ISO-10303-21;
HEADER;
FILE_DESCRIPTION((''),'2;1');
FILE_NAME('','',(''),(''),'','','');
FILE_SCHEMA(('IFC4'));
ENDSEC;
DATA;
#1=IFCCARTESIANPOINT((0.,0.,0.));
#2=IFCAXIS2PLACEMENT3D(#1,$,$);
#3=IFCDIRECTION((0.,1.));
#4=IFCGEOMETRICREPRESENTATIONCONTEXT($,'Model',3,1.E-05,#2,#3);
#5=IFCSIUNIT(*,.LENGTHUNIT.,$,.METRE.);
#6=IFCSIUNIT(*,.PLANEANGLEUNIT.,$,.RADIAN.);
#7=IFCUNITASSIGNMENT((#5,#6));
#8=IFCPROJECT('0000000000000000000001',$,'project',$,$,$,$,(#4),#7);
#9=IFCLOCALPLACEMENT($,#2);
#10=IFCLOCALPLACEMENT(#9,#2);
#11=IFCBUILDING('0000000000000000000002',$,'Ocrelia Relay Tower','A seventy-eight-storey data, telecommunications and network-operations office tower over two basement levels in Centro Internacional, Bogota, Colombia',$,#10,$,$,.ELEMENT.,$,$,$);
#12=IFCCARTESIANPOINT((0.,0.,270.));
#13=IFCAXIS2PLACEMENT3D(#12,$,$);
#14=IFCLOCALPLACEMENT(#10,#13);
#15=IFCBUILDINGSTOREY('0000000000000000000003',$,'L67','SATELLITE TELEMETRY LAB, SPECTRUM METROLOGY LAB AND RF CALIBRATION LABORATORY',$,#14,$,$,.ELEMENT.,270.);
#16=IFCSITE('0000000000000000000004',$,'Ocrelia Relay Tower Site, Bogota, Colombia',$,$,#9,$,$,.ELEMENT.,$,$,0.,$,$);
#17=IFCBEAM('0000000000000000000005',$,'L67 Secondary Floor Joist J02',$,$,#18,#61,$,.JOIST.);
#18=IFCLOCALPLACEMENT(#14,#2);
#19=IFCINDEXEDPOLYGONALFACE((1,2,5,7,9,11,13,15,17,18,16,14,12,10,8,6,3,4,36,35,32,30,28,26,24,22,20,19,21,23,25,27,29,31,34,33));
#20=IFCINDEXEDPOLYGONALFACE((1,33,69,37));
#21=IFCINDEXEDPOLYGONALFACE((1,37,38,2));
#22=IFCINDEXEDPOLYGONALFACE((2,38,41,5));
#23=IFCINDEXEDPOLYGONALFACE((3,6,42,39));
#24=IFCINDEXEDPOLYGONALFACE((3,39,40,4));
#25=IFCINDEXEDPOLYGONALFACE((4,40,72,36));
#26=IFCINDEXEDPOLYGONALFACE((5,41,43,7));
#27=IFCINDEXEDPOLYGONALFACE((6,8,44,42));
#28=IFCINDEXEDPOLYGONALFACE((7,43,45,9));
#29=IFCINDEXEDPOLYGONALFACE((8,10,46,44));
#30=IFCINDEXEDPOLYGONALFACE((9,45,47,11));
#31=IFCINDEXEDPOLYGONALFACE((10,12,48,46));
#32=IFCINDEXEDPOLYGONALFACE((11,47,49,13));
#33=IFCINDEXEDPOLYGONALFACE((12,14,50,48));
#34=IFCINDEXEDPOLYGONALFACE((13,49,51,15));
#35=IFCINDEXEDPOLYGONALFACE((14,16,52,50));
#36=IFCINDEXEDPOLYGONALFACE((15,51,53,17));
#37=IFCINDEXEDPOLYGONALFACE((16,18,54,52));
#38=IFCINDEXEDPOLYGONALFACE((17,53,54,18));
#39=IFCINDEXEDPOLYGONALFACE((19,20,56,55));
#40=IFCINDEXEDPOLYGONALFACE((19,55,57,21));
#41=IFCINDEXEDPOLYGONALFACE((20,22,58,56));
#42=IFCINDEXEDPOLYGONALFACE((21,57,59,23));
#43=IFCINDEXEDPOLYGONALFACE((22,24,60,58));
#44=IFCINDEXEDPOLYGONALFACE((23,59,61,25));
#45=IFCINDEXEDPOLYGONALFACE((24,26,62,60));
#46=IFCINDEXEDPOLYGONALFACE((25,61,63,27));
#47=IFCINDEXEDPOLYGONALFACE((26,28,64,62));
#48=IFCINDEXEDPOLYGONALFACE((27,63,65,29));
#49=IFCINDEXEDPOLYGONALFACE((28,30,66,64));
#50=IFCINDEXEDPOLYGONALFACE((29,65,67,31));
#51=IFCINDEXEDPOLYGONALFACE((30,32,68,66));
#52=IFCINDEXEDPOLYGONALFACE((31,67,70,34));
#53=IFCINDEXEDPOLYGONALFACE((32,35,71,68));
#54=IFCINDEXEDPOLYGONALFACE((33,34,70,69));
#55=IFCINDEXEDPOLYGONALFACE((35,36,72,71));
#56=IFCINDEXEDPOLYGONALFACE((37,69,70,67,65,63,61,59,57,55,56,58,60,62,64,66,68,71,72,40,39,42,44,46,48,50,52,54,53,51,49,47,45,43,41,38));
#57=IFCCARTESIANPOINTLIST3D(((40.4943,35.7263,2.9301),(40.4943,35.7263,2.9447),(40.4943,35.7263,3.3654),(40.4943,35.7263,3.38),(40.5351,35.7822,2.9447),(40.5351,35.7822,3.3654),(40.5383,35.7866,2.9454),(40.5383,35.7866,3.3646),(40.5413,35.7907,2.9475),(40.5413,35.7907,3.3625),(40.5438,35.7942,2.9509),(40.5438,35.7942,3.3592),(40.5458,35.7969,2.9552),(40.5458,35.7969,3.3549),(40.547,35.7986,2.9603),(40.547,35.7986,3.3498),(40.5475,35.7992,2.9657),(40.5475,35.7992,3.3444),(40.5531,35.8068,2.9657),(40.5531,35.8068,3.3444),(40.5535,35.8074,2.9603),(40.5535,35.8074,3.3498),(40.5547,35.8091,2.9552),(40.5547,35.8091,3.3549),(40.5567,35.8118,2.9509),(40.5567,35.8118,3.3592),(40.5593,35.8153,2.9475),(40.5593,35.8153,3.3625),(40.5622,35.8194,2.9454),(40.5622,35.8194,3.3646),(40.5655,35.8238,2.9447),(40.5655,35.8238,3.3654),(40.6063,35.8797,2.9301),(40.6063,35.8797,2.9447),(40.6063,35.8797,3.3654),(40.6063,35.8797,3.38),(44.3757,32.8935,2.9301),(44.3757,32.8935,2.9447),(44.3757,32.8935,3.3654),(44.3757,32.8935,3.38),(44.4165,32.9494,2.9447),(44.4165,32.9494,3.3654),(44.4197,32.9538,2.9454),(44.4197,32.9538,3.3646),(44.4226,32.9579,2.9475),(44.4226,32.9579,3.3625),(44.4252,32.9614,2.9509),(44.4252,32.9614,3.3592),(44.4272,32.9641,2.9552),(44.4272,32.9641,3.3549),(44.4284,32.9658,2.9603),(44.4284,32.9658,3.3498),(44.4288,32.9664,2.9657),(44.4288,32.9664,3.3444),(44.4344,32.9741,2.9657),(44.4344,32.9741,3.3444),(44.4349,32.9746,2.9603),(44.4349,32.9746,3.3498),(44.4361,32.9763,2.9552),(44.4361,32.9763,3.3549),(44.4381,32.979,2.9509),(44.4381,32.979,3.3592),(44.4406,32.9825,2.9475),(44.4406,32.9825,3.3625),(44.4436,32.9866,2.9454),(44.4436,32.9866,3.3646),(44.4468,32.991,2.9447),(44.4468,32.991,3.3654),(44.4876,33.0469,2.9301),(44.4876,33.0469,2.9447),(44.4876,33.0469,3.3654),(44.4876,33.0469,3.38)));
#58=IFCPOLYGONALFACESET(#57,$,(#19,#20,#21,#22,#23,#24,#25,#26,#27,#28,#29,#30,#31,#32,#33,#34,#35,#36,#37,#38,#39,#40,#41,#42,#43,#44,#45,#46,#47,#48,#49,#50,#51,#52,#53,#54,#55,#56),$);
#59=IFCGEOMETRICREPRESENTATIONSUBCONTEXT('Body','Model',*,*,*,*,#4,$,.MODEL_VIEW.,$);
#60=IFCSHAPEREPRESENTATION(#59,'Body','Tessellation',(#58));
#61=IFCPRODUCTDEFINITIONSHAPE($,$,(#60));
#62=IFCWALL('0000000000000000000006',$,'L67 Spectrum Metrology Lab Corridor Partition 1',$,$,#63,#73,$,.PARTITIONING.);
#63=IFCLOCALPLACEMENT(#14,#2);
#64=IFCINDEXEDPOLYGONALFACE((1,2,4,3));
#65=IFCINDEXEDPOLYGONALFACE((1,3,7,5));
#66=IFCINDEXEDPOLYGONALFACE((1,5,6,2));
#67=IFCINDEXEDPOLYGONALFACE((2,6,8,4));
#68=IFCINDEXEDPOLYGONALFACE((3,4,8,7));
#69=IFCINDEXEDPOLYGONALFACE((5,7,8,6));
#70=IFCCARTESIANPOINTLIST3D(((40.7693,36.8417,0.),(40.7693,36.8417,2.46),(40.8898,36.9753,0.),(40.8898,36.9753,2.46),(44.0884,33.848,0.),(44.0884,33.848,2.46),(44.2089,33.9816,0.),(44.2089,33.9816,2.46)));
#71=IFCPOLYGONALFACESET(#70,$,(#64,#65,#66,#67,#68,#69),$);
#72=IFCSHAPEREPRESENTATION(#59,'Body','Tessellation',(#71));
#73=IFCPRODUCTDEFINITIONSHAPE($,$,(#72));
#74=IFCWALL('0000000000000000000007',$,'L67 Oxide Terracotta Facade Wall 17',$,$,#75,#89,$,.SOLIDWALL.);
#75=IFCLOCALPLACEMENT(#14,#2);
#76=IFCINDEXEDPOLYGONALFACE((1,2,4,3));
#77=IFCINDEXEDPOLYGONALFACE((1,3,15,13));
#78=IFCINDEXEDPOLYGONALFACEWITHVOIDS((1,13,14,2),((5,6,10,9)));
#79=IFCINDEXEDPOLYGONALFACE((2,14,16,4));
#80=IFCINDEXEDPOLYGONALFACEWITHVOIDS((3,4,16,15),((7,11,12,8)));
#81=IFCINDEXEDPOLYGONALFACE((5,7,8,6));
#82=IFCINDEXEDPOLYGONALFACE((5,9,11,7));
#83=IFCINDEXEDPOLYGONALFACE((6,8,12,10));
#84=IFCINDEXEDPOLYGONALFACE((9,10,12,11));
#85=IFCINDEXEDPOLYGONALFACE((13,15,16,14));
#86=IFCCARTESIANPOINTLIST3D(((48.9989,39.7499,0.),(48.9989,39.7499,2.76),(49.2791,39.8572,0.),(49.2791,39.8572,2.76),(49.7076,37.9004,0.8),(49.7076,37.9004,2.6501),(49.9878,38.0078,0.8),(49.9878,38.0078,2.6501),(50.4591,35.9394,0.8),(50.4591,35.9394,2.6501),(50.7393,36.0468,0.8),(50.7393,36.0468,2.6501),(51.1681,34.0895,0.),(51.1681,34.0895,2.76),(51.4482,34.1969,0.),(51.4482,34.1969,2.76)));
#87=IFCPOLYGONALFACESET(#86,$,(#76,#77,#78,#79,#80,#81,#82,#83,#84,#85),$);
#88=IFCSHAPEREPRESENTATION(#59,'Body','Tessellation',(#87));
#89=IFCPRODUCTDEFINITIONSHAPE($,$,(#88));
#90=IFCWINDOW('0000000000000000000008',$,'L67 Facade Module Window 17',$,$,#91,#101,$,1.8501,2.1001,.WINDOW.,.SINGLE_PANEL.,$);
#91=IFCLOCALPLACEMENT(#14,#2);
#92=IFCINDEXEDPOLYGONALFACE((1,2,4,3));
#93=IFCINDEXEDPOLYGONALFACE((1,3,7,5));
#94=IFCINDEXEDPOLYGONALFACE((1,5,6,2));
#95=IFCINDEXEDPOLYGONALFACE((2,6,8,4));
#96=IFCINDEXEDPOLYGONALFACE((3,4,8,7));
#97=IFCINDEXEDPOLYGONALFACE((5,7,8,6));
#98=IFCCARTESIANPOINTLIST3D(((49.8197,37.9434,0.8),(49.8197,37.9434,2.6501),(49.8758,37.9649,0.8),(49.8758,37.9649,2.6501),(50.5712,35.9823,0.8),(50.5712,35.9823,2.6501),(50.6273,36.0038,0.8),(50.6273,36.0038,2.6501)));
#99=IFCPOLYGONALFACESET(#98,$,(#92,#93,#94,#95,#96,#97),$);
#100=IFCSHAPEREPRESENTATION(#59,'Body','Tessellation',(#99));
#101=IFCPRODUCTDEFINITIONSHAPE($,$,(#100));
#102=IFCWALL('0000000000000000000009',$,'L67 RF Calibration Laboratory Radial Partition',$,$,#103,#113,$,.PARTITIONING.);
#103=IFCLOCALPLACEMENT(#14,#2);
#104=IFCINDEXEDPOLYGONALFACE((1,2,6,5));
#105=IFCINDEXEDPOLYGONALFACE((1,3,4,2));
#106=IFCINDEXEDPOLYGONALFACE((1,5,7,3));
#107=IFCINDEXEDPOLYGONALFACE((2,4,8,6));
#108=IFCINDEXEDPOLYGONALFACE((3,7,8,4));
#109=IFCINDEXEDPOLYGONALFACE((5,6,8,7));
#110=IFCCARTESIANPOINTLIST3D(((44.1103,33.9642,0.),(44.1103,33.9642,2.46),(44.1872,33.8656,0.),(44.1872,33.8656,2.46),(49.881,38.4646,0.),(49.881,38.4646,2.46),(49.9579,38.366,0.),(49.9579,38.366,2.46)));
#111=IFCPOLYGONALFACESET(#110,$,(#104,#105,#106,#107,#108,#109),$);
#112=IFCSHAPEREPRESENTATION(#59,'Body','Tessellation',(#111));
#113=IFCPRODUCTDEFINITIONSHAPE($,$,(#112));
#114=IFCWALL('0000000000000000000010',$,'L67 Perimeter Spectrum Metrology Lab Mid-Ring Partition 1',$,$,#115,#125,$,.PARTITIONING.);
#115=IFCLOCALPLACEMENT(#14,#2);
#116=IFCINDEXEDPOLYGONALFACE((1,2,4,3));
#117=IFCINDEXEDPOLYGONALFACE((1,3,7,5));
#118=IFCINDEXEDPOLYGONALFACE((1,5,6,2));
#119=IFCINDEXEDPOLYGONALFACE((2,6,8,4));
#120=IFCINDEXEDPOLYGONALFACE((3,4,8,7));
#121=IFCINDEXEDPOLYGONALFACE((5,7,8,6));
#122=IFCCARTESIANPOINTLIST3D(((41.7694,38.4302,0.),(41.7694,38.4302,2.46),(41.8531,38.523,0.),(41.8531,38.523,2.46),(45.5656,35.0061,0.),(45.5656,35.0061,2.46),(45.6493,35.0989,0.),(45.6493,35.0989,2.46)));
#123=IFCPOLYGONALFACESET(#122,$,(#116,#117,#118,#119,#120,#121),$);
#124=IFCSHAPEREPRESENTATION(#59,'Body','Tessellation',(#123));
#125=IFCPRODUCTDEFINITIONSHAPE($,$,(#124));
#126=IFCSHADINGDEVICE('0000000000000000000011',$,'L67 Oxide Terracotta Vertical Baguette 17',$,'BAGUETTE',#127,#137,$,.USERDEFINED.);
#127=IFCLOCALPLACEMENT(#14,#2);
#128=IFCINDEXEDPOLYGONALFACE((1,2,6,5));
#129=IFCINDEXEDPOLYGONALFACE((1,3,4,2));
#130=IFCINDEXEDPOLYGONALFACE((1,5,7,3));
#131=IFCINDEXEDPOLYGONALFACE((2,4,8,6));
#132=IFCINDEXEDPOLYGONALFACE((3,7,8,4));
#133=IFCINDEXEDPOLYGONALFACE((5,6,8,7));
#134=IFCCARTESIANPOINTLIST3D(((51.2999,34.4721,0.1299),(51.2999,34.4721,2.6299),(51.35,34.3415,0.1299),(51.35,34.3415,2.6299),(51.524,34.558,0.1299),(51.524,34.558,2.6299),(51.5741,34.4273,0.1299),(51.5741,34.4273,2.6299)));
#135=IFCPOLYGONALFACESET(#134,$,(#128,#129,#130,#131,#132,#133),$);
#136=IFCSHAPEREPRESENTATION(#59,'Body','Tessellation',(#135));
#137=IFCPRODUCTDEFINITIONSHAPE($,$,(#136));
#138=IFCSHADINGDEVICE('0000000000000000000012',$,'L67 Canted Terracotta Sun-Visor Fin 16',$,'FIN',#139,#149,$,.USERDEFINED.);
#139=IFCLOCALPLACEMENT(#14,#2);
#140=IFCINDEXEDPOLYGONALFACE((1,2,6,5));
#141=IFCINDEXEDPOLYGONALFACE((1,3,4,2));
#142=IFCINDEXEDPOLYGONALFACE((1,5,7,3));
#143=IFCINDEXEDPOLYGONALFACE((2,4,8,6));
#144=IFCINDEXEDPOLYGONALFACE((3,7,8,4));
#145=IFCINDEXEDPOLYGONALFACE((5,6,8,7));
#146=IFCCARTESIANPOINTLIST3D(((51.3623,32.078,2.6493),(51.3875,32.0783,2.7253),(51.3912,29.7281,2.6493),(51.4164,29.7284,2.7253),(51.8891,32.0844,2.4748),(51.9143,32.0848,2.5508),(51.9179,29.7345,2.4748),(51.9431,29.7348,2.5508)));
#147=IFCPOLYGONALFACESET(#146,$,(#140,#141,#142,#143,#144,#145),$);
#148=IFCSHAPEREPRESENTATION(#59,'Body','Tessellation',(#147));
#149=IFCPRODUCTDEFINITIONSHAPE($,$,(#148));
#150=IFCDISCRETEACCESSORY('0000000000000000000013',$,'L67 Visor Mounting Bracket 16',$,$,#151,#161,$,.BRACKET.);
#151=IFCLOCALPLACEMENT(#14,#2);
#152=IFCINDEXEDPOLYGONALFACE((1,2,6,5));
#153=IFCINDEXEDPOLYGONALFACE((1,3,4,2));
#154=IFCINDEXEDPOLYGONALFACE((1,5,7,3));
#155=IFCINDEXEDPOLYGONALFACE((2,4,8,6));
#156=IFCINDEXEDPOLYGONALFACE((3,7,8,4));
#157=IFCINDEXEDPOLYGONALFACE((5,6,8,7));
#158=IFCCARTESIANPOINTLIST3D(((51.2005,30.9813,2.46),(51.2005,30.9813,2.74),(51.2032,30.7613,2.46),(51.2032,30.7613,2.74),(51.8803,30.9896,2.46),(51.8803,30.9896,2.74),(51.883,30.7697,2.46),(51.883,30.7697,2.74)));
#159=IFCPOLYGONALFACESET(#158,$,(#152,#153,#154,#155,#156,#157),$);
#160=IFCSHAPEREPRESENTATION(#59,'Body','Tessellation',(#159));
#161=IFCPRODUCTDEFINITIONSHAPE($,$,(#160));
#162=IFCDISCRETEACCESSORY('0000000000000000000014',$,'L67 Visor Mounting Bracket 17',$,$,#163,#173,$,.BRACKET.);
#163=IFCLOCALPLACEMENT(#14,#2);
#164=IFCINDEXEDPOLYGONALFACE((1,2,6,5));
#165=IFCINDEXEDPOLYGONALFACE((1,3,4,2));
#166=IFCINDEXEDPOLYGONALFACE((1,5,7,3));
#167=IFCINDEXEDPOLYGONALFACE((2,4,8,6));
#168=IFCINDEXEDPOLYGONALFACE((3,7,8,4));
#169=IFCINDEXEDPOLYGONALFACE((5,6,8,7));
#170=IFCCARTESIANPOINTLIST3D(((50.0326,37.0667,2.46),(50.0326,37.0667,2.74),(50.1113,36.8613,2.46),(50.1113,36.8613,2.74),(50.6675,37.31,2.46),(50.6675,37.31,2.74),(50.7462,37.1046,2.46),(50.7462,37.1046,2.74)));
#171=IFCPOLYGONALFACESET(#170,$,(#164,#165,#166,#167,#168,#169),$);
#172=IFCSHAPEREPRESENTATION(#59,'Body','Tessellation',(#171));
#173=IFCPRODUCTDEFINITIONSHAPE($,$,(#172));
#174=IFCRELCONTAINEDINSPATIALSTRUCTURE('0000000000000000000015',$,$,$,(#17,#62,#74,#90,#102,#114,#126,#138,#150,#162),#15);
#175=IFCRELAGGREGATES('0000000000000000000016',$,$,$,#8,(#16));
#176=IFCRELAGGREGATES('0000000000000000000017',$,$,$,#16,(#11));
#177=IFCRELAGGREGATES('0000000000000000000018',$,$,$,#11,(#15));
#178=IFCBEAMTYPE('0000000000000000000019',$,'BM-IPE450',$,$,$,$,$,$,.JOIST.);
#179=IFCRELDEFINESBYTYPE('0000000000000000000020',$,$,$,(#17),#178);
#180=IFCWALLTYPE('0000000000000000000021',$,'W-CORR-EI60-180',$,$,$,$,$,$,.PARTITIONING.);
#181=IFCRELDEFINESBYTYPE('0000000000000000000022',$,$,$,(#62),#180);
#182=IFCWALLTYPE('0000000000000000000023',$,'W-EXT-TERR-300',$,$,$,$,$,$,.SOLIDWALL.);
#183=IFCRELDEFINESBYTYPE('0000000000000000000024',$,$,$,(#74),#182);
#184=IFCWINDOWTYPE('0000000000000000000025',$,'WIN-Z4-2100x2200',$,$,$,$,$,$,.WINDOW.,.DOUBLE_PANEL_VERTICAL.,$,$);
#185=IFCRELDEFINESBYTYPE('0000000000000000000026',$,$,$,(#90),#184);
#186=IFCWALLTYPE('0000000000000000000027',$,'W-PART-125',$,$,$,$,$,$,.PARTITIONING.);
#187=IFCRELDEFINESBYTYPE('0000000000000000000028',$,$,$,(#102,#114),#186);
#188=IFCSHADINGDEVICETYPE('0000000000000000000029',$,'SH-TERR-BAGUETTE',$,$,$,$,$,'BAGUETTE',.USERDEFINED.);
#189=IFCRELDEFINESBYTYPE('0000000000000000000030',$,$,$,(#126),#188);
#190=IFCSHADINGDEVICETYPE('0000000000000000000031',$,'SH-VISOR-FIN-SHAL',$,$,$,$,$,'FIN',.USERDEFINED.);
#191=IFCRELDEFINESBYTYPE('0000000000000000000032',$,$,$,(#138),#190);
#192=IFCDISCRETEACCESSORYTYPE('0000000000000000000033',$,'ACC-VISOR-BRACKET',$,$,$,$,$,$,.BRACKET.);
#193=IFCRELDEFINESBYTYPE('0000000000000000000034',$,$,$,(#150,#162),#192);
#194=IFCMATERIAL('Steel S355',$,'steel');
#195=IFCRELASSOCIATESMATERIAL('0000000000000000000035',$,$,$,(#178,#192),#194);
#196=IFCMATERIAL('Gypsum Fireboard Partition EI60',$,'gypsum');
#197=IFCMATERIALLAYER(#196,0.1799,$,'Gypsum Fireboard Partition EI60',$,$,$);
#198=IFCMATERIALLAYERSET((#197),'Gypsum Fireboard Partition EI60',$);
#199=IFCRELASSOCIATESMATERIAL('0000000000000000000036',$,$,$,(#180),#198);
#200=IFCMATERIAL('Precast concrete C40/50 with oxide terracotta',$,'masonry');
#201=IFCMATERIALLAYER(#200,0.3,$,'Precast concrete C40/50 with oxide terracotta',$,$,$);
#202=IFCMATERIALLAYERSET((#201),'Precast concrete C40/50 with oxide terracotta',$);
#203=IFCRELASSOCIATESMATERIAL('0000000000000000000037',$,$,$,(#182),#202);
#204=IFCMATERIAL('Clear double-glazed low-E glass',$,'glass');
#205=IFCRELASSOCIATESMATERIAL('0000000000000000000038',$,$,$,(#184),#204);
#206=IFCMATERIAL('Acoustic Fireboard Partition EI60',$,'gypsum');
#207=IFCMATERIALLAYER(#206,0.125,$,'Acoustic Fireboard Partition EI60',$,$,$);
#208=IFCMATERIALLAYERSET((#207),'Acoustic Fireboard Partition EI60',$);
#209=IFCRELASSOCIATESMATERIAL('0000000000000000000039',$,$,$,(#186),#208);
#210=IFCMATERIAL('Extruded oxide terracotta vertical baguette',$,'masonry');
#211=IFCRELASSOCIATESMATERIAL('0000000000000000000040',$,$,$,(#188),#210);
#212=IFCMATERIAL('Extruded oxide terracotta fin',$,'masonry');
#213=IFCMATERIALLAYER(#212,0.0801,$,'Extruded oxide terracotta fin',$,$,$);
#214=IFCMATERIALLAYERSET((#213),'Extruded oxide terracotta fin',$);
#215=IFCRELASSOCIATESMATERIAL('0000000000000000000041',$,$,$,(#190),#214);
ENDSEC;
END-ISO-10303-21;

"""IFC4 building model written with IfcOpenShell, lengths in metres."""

from ifc_helpers import new_model, si_unit, direction, frame, frame_2d, origin, origin_2d, place, context, subcontext, project, spatial, rectangle, i_section, extrude, material, layer, layer_set, material_profile, profile_set, type_object, element, fill, save


model = new_model("IFC4")

# Units and contexts
model_context = context("Model", 3, precision=1e-05, world=origin(), true_north=direction((0.0, 1.0)))
body_context = subcontext(model_context, "Body", "Model", "MODEL_VIEW")
ifc_project = project(units=[si_unit("LENGTHUNIT", "METRE"), si_unit("PLANEANGLEUNIT", "RADIAN")], contexts=[model_context])

# Site, building, storey
site_placement = place(None, origin())
site = spatial("IfcSite", under=ifc_project, at=site_placement, Name="Ocrelia Relay Tower Site, Bogota, Colombia", CompositionType="ELEMENT", RefElevation=0.0)
building_placement = place(site_placement, origin())
building = spatial("IfcBuilding", under=site, at=building_placement, Name="Ocrelia Relay Tower", Description="A seventy-eight-storey data, telecommunications and network-operations office tower over two basement levels in Centro Internacional, Bogota, Colombia", CompositionType="ELEMENT")
storey_placement = place(building_placement, frame((0.0, 0.0, 270.0)))
storey = spatial("IfcBuildingStorey", under=building, at=storey_placement, Name="L67", Description="SATELLITE TELEMETRY LAB, SPECTRUM METROLOGY LAB AND RF CALIBRATION LABORATORY", CompositionType="ELEMENT", Elevation=270.0)

# Beam
ifc_material_1 = material(Name="Steel S355", Category="steel")
ifc_material_profile_1 = material_profile(ifc_material_1, i_section(OverallWidth=0.1899, OverallDepth=0.45, WebThickness=0.0095, FlangeThickness=0.0146, FilletRadius=0.021, at=origin_2d()), Name="IPE 450")
ifc_profile_set_1 = profile_set([ifc_material_profile_1], Name="Steel S355")
beam_type_1 = type_object("IfcBeamType", Name="BM-IPE450", PredefinedType="JOIST", material=ifc_profile_set_1)
beam_1_placement = place(storey_placement, frame((44.4316, 32.9702, 3.155), z_axis=(-0.807748, 0.589527, 0.0), x_axis=(-0.589527, -0.807748, 0.0)))
element("IfcBeam", 1, at=beam_1_placement, inside=storey, type_object=beam_type_1, Name="L67 Secondary Floor Joist J02", PredefinedType="JOIST", context=body_context, shape_type="SweptSolid", body=[
    extrude(i_section(OverallWidth=0.1899, OverallDepth=0.45, WebThickness=0.0095, FlangeThickness=0.0146, FilletRadius=0.021, at=origin_2d()), origin(), (0.0, 0.0, 1.0), 4.8052),
])

# Shared definitions
ifc_material_2 = material(Name="Gypsum Fireboard Partition EI60", Category="gypsum")
ifc_layer_1 = layer(ifc_material_2, 0.1799, Name="Gypsum Fireboard Partition EI60")
ifc_layer_set_1 = layer_set([ifc_layer_1], Name="Gypsum Fireboard Partition EI60")
wall_type_1 = type_object("IfcWallType", Name="W-CORR-EI60-180", PredefinedType="PARTITIONING", material=ifc_layer_set_1)

# Wall
wall_1_placement = place(storey_placement, frame((44.1487, 33.9148, 0.0), z_axis=(0.0, 0.0, 1.0), x_axis=(-0.742574, 0.669764, 0.0)))
element("IfcWall", 2, at=wall_1_placement, inside=storey, type_object=wall_type_1, Name="L67 Spectrum Metrology Lab Corridor Partition 1", PredefinedType="PARTITIONING", context=body_context, shape_type="SweptSolid", body=[
    extrude(rectangle(XDim=4.4697, YDim=0.1799, at=frame_2d((2.2349, 0.0))), origin(), (0.0, 0.0, 1.0), 2.46),
])

# Wall, opening, window
ifc_material_3 = material(Name="Precast concrete C40/50 with oxide terracotta", Category="masonry")
ifc_layer_2 = layer(ifc_material_3, 0.3, Name="Precast concrete C40/50 with oxide terracotta")
ifc_layer_set_2 = layer_set([ifc_layer_2], Name="Precast concrete C40/50 with oxide terracotta")
wall_type_2 = type_object("IfcWallType", Name="W-EXT-TERR-300", PredefinedType="SOLIDWALL", material=ifc_layer_set_2)
wall_2_placement = place(storey_placement, frame((51.3081, 34.1433, 0.0), z_axis=(0.0, 0.0, 1.0), x_axis=(-0.357845, 0.933781, 0.0)))
wall_2 = element("IfcWall", 3, at=wall_2_placement, inside=storey, type_object=wall_type_2, Name="L67 Oxide Terracotta Facade Wall 17", PredefinedType="SOLIDWALL", context=body_context, shape_type="SweptSolid", body=[
    extrude(rectangle(XDim=6.0618, YDim=0.3, at=frame_2d((3.0308, 0.0))), origin(), (0.0, 0.0, 1.0), 2.76),
])
opening_1_placement = place(wall_2_placement, frame((1.981, 0.0, 0.8)))
opening_1 = element("IfcOpeningElement", 4, at=opening_1_placement, cuts=wall_2, PredefinedType="OPENING", context=body_context, shape_type="SweptSolid", body=[
    extrude(rectangle(XDim=2.1001, YDim=1.8501, at=frame_2d((1.05, 0.925))), frame((0.0, 0.1602, 0.0), z_axis=(0.0, -1.0, 0.0), x_axis=(1.0, 0.0, 0.0)), (0.0, 0.0, 1.0), 0.3201),
])
ifc_material_4 = material(Name="Clear double-glazed low-E glass", Category="glass")
window_type = type_object("IfcWindowType", Name="WIN-Z4-2100x2200", PartitioningType="DOUBLE_PANEL_VERTICAL", PredefinedType="WINDOW", material=ifc_material_4)
window_placement = place(opening_1_placement, origin())
window = element("IfcWindow", 5, at=window_placement, inside=storey, type_object=window_type, Name="L67 Facade Module Window 17", OverallHeight=1.8501, OverallWidth=2.1001, PartitioningType="SINGLE_PANEL", PredefinedType="WINDOW", context=body_context, shape_type="SweptSolid", body=[
    extrude(rectangle(XDim=2.1001, YDim=1.8501, at=frame_2d((1.05, 0.925))), frame((0.0, 0.03, 0.0), z_axis=(0.0, -1.0, 0.0), x_axis=(1.0, 0.0, 0.0)), (0.0, 0.0, 1.0), 0.0601),
])
fill(opening_1, window)

# Walls
ifc_material_5 = material(Name="Acoustic Fireboard Partition EI60", Category="gypsum")
ifc_layer_3 = layer(ifc_material_5, 0.125, Name="Acoustic Fireboard Partition EI60")
ifc_layer_set_3 = layer_set([ifc_layer_3], Name="Acoustic Fireboard Partition EI60")
wall_type_3 = type_object("IfcWallType", Name="W-PART-125", PredefinedType="PARTITIONING", material=ifc_layer_set_3)
wall_3_placement = place(storey_placement, frame((44.1487, 33.9148, 0.0), z_axis=(0.0, 0.0, 1.0), x_axis=(0.788549, 0.614972, 0.0)))
element("IfcWall", 6, at=wall_3_placement, inside=storey, type_object=wall_type_3, Name="L67 RF Calibration Laboratory Radial Partition", PredefinedType="PARTITIONING", context=body_context, shape_type="SweptSolid", body=[
    extrude(rectangle(XDim=7.3181, YDim=0.125, at=frame_2d((3.6592, 0.0))), origin(), (0.0, 0.0, 1.0), 2.46),
])
wall_4_placement = place(storey_placement, frame((45.6074, 35.0525, 0.0), z_axis=(0.0, 0.0, 1.0), x_axis=(-0.74256, 0.66978, 0.0)))
element("IfcWall", 7, at=wall_4_placement, inside=storey, type_object=wall_type_3, Name="L67 Perimeter Spectrum Metrology Lab Mid-Ring Partition 1", PredefinedType="PARTITIONING", context=body_context, shape_type="SweptSolid", body=[
    extrude(rectangle(XDim=5.1123, YDim=0.125, at=frame_2d((2.5562, 0.0))), origin(), (0.0, 0.0, 1.0), 2.46),
])

# Shading devices
ifc_material_6 = material(Name="Extruded oxide terracotta vertical baguette", Category="masonry")
shading_device_type_1 = type_object("IfcShadingDeviceType", Name="SH-TERR-BAGUETTE", ElementType="BAGUETTE", PredefinedType="USERDEFINED", material=ifc_material_6)
shading_device_1_placement = place(storey_placement, frame((51.437, 34.4497, 0.1299), z_axis=(0.0, 0.0, 1.0), x_axis=(-0.357841, 0.933782, 0.0)))
element("IfcShadingDevice", 8, at=shading_device_1_placement, inside=storey, type_object=shading_device_type_1, Name="L67 Oxide Terracotta Vertical Baguette 17", ObjectType="BAGUETTE", PredefinedType="USERDEFINED", context=body_context, shape_type="SweptSolid", body=[
    extrude(rectangle(XDim=0.1399, YDim=0.24, at=origin_2d()), origin(), (0.0, 0.0, 1.0), 2.5),
])
ifc_material_7 = material(Name="Extruded oxide terracotta fin", Category="masonry")
ifc_layer_4 = layer(ifc_material_7, 0.0801, Name="Extruded oxide terracotta fin")
ifc_layer_set_4 = layer_set([ifc_layer_4], Name="Extruded oxide terracotta fin")
shading_device_type_2 = type_object("IfcShadingDeviceType", Name="SH-VISOR-FIN-SHAL", ElementType="FIN", PredefinedType="USERDEFINED", material=ifc_layer_set_4)
shading_device_2_placement = place(storey_placement, frame((51.6401, 30.9062, 2.562), z_axis=(0.314466, 0.003863, 0.949261), x_axis=(-0.012283, 0.999925, 0.0)))
element("IfcShadingDevice", 9, at=shading_device_2_placement, inside=storey, type_object=shading_device_type_2, Name="L67 Canted Terracotta Sun-Visor Fin 16", ObjectType="FIN", PredefinedType="USERDEFINED", context=body_context, shape_type="SweptSolid", body=[
    extrude(rectangle(XDim=2.3501, YDim=0.5549, at=origin_2d()), origin(), (0.0, 0.0, 1.0), 0.0801),
])

# Discrete accessories
discrete_accessory_type = type_object("IfcDiscreteAccessoryType", Name="ACC-VISOR-BRACKET", PredefinedType="BRACKET", material=ifc_material_1)
for number, where, z_axis, x_axis, name in (
    (10, (51.5417, 30.8755, 2.46), (0.0, 0.0, 1.0), (-0.012283, 0.999925, 0.0), "L67 Visor Mounting Bracket 16"),
    (11, (50.3894, 37.0857, 2.46), (0.0, 0.0, 1.0), (-0.357841, 0.933782, 0.0), "L67 Visor Mounting Bracket 17"),
):
    element("IfcDiscreteAccessory", number, at=place(storey_placement, frame(where, z_axis=z_axis, x_axis=x_axis)), inside=storey, type_object=discrete_accessory_type, Name=name, PredefinedType="BRACKET", context=body_context, shape_type="SweptSolid", body=[
        extrude(rectangle(XDim=0.22, YDim=0.6799, at=origin_2d()), origin(), (0.0, 0.0, 1.0), 0.28),
    ])

save(model, "model.ifc")
